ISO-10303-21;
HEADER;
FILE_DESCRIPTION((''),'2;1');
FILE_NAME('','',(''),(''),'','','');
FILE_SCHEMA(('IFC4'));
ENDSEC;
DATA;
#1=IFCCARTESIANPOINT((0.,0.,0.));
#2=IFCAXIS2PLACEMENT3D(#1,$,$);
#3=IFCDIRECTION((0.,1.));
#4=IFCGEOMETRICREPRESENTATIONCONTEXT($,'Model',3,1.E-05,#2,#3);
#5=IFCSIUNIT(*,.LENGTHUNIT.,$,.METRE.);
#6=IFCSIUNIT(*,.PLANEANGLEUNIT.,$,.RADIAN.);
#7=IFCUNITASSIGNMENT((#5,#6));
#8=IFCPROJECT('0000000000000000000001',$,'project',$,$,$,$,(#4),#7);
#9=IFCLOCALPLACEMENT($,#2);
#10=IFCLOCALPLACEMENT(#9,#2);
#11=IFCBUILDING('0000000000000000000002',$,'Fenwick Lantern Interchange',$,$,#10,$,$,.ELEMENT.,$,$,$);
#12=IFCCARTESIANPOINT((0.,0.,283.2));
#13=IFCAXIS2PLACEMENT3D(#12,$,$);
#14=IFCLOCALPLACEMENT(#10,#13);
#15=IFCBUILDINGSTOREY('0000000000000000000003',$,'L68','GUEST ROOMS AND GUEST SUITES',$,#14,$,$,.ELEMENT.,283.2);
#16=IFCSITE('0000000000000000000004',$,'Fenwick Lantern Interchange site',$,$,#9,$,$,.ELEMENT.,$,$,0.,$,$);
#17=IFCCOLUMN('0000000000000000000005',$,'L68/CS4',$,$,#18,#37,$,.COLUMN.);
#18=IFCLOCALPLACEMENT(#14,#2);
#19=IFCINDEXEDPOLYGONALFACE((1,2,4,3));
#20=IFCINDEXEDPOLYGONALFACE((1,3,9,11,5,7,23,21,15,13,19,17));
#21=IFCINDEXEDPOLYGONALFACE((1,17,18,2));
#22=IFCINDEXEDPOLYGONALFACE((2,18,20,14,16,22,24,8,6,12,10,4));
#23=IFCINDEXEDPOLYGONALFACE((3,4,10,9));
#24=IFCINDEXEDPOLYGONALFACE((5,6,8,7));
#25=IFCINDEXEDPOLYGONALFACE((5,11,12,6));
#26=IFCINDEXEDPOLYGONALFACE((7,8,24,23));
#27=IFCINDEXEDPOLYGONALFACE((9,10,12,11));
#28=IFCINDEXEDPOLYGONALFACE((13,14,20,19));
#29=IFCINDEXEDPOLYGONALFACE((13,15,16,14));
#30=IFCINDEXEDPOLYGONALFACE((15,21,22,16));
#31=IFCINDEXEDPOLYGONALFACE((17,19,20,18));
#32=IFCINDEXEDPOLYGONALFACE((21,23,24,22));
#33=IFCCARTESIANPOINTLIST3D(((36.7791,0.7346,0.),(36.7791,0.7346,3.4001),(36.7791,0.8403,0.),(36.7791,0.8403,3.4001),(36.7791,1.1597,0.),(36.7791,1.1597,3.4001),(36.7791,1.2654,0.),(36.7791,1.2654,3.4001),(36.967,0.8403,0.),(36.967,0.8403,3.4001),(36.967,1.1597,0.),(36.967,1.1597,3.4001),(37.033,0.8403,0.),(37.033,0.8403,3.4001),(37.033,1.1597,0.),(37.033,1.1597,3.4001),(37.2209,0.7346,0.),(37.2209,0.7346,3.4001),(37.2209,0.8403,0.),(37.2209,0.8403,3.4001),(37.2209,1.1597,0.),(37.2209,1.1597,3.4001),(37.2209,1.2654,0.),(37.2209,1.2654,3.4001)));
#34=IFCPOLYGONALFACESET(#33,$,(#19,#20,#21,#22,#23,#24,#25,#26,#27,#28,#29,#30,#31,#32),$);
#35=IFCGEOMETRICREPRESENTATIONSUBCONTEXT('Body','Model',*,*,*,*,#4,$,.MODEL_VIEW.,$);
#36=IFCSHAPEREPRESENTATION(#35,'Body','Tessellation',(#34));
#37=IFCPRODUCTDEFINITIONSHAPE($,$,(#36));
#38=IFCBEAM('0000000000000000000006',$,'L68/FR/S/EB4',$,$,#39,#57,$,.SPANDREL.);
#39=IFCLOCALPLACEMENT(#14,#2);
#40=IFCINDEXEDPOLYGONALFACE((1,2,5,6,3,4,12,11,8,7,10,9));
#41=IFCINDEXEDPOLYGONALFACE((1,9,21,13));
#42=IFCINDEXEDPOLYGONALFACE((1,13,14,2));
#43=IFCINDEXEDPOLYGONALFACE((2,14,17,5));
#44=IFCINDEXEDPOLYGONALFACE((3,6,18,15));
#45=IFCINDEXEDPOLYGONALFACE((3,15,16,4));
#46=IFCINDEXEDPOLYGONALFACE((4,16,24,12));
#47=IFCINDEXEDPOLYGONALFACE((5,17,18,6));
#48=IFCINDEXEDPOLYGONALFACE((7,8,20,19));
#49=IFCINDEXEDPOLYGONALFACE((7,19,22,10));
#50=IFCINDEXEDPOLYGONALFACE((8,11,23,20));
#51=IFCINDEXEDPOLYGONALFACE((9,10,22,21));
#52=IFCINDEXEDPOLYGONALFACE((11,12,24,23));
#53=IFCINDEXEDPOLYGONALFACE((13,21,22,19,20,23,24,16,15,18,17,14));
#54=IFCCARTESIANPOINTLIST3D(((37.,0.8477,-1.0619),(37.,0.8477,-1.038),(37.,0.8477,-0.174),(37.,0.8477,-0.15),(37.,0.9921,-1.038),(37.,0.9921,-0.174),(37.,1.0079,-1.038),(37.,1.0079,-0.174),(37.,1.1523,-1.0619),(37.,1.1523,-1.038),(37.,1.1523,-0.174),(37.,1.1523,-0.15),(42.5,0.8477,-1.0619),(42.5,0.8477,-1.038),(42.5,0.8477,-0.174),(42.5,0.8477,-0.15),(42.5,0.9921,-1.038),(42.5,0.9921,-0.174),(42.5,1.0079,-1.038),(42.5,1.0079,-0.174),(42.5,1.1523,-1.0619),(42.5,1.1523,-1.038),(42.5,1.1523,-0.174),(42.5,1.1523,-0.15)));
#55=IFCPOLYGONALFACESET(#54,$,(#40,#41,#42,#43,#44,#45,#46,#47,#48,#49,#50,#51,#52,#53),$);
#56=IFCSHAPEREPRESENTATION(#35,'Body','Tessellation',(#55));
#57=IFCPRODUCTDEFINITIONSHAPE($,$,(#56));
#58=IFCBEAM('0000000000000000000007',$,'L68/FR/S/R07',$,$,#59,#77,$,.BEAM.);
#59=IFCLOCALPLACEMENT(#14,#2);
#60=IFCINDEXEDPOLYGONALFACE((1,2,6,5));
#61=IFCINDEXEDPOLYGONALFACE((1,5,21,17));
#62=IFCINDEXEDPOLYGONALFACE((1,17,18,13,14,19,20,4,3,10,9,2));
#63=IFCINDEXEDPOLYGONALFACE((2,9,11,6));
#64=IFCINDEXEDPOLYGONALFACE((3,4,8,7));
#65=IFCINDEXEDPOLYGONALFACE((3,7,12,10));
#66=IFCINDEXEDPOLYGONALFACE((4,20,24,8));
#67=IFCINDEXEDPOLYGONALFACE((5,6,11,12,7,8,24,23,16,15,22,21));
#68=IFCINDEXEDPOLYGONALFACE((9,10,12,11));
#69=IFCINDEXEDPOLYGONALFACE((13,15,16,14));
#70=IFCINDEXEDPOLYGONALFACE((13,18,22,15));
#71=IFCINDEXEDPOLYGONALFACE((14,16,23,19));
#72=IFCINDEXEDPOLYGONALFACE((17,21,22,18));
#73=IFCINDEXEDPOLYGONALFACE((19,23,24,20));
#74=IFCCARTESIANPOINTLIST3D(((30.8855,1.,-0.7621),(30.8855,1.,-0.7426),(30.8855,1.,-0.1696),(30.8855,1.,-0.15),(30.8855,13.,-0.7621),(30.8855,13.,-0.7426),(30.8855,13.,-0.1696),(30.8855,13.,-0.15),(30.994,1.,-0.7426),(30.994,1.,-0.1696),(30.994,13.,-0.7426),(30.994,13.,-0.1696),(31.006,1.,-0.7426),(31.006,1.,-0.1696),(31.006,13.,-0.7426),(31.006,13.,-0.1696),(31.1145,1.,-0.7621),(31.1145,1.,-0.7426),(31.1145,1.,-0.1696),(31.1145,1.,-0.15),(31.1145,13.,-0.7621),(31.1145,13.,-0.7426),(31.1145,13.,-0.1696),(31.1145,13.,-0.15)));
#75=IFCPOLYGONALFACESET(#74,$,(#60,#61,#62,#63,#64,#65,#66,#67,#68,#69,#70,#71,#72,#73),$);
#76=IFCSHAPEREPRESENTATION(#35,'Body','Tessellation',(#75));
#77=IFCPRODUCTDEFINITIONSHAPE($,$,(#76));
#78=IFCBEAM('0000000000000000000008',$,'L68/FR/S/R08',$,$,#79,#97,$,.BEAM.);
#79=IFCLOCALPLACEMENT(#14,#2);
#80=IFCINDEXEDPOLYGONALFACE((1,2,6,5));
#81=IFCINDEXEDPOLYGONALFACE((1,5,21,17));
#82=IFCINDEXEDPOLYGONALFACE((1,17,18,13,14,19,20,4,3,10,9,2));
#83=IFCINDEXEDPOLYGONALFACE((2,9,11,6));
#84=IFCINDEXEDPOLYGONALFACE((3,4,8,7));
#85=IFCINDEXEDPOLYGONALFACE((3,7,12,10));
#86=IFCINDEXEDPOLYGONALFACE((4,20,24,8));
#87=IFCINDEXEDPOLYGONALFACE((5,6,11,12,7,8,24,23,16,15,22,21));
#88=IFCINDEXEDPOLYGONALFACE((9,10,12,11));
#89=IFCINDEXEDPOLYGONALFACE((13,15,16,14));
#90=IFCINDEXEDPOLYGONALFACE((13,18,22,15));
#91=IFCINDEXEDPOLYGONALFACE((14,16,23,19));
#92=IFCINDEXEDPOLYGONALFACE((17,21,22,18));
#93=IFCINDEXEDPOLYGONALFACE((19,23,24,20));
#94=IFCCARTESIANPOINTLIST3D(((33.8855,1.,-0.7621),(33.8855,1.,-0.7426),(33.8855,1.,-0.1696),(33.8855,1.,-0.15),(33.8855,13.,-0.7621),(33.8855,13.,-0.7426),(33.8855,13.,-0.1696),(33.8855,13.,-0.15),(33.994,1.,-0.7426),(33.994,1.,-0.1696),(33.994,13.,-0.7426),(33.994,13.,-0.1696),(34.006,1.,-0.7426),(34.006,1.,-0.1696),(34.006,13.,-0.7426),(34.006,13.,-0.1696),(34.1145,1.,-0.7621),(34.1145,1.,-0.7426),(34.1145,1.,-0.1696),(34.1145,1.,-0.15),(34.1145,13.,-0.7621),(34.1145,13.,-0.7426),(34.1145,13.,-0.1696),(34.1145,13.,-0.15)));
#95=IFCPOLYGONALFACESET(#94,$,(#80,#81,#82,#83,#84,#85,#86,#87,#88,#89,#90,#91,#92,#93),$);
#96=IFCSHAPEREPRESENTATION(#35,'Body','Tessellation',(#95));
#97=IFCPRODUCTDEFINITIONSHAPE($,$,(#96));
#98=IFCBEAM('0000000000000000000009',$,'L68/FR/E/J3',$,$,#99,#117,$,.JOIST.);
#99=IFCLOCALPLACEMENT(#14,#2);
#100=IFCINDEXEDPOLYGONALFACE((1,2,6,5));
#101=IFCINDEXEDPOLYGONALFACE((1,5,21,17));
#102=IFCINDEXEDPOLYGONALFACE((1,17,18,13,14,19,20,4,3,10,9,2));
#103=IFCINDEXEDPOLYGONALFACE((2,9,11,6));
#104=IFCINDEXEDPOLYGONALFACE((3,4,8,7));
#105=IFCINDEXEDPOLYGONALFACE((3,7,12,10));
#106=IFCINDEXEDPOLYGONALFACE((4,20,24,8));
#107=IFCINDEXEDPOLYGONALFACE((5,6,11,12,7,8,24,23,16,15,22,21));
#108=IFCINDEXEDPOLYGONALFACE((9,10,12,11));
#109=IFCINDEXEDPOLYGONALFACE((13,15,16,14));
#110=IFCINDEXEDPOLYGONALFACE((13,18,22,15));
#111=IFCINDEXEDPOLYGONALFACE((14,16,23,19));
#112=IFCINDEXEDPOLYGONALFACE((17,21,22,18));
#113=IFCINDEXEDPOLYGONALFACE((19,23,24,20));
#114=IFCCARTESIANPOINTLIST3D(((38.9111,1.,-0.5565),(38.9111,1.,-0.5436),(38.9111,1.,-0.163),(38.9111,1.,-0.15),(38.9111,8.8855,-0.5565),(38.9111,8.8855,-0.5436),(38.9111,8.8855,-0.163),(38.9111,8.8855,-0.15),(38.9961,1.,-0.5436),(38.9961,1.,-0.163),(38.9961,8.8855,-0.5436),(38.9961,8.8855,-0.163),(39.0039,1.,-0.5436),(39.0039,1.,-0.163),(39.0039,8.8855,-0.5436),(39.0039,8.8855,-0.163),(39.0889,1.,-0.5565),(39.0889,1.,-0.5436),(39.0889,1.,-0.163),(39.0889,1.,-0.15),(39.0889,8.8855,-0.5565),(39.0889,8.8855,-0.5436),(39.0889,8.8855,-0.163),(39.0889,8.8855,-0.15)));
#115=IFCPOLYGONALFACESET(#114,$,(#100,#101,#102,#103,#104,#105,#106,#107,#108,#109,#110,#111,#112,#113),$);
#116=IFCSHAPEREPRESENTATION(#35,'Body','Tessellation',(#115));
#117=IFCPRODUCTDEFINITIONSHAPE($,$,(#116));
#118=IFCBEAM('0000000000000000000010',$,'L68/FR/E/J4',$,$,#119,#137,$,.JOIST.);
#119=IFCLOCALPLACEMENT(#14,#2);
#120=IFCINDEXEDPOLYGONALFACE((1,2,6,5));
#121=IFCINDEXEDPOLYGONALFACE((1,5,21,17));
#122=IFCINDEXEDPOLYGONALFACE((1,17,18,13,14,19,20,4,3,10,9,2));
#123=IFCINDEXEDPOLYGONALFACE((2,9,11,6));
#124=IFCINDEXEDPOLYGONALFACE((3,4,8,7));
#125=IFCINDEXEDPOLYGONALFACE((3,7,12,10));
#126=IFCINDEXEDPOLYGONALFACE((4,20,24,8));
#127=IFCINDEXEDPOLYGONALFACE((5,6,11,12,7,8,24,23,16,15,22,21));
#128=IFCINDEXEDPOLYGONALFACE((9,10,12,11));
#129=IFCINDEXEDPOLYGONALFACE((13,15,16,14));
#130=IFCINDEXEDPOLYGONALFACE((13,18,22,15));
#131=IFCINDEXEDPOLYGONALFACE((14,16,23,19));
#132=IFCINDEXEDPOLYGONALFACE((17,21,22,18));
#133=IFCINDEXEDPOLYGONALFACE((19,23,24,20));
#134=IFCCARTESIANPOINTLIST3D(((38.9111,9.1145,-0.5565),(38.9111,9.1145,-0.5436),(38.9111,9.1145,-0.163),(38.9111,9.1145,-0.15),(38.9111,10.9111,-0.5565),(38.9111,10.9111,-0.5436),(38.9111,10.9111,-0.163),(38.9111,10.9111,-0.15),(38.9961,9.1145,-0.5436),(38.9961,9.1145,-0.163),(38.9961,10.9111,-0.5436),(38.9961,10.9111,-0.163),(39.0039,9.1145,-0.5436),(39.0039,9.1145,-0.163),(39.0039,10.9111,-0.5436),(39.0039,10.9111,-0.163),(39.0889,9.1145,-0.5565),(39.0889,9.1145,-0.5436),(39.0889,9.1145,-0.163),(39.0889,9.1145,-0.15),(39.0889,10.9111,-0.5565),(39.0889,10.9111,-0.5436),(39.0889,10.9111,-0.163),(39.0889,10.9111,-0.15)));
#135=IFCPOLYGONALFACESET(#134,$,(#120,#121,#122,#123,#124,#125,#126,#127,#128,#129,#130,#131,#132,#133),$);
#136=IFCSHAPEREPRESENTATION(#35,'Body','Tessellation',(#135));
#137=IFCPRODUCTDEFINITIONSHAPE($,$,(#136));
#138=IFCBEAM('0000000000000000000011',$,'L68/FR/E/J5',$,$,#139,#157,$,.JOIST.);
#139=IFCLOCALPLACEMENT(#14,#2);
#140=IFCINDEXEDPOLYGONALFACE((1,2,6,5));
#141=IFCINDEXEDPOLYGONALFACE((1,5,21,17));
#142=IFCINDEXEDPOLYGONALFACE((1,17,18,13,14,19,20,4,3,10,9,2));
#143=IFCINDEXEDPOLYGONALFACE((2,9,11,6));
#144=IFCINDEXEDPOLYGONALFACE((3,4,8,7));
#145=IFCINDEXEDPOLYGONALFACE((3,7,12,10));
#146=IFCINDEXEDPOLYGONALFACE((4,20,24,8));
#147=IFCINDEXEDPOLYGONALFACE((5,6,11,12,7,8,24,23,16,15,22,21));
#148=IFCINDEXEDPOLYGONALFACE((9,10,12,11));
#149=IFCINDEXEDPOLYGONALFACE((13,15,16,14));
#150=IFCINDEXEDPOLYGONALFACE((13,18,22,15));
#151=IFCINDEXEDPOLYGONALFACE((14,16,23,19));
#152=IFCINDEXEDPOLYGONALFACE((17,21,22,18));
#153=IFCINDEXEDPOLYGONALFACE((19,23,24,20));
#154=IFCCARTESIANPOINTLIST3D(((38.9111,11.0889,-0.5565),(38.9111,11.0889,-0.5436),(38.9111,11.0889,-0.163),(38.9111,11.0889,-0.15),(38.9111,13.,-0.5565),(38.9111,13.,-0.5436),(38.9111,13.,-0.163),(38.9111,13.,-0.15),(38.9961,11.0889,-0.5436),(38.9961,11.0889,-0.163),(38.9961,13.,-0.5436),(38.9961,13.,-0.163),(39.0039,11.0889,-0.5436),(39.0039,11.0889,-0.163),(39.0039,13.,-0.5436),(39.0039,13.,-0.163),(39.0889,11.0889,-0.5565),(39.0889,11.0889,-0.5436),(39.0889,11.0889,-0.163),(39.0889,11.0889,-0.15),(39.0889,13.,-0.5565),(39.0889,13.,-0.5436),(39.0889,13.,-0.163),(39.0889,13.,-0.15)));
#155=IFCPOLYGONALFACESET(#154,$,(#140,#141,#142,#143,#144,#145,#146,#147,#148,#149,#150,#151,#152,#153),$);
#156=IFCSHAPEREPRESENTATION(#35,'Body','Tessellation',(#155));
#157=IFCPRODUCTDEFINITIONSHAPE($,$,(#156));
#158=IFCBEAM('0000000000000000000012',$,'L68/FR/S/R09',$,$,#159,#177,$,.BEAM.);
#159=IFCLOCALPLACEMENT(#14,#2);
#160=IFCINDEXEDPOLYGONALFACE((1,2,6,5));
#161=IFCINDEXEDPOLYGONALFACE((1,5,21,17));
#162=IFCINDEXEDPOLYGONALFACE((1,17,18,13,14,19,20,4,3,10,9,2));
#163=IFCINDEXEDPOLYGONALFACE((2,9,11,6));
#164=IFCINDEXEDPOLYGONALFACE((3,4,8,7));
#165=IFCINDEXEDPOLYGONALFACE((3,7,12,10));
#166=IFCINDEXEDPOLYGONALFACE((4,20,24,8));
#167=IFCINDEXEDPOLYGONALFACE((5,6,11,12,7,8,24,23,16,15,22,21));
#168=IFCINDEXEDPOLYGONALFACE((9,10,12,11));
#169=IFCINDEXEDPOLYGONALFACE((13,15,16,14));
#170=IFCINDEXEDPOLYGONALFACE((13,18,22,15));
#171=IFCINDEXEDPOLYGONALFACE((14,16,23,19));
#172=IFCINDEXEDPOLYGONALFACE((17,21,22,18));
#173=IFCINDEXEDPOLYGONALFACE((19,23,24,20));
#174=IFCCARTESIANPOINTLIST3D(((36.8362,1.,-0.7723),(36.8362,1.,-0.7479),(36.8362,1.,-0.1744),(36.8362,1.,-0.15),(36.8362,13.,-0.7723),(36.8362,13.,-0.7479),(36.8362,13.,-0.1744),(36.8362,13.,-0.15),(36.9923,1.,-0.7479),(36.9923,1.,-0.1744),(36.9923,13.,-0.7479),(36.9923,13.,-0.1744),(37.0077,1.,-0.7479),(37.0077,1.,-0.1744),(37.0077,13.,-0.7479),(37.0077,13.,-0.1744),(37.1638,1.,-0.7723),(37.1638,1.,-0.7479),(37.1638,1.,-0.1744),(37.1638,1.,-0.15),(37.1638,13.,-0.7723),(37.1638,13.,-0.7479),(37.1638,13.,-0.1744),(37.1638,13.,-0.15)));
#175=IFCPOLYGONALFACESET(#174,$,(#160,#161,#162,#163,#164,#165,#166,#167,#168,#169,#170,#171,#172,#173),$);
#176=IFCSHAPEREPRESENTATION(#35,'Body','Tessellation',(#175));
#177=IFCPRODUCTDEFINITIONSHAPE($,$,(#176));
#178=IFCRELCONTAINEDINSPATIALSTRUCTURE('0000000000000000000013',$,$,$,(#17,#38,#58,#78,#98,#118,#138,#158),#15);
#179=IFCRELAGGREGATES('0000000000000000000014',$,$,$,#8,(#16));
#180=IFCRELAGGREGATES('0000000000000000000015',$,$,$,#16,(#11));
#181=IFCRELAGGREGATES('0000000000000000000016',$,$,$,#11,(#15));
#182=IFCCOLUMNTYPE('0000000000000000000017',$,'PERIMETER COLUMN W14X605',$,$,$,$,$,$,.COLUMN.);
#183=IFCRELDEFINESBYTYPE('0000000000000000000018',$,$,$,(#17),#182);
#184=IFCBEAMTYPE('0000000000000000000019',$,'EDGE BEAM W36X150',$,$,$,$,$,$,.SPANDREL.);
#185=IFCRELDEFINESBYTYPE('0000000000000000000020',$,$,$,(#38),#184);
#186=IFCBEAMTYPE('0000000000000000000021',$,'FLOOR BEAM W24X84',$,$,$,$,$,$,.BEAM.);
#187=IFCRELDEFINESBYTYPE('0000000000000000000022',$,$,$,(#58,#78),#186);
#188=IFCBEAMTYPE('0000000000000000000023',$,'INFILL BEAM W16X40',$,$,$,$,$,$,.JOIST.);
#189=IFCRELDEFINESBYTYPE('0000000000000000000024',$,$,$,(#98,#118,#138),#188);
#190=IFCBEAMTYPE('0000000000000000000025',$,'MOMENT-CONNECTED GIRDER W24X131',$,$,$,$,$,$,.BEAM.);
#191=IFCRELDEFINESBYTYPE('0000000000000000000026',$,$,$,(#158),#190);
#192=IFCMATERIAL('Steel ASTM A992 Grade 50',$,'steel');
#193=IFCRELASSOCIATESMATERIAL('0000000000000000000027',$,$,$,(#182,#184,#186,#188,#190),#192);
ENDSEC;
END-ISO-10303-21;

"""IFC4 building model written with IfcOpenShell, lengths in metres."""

from ifc_helpers import new_model, si_unit, direction, frame, origin, origin_2d, place, context, subcontext, project, spatial, i_section, extrude, material, material_profile, profile_set, type_object, element, save


model = new_model("IFC4")

# Units and contexts
model_context = context("Model", 3, precision=1e-05, world=origin(), true_north=direction((0.0, 1.0)))
body_context = subcontext(model_context, "Body", "Model", "MODEL_VIEW")
ifc_project = project(units=[si_unit("LENGTHUNIT", "METRE"), si_unit("PLANEANGLEUNIT", "RADIAN")], contexts=[model_context])

# Site, building, storey
site_placement = place(None, origin())
site = spatial("IfcSite", under=ifc_project, at=site_placement, Name="Fenwick Lantern Interchange site", CompositionType="ELEMENT", RefElevation=0.0)
building_placement = place(site_placement, origin())
building = spatial("IfcBuilding", under=site, at=building_placement, Name="Fenwick Lantern Interchange", CompositionType="ELEMENT")
storey_placement = place(building_placement, frame((0.0, 0.0, 283.2)))
storey = spatial("IfcBuildingStorey", under=building, at=storey_placement, Name="L68", Description="GUEST ROOMS AND GUEST SUITES", CompositionType="ELEMENT", Elevation=283.2)

# Column
ifc_material_1 = material(Name="Steel ASTM A992 Grade 50", Category="steel")
ifc_material_profile_1 = material_profile(ifc_material_1, i_section(OverallWidth=0.4419, OverallDepth=0.5308, WebThickness=0.0659, FlangeThickness=0.1057, at=origin_2d()), Name="W14X605")
ifc_profile_set_1 = profile_set([ifc_material_profile_1], Name="Steel ASTM A992 Grade 50")
column_type = type_object("IfcColumnType", Name="PERIMETER COLUMN W14X605", PredefinedType="COLUMN", material=ifc_profile_set_1)
column_placement = place(storey_placement, frame((37.0, 1.0, 0.0), z_axis=(0.0, 0.0, 1.0), x_axis=(1.0, 0.0, 0.0)))
element("IfcColumn", 1, at=column_placement, inside=storey, type_object=column_type, Name="L68/CS4", PredefinedType="COLUMN", context=body_context, shape_type="SweptSolid", body=[
    extrude(i_section(OverallWidth=0.4419, OverallDepth=0.5308, WebThickness=0.0659, FlangeThickness=0.1057, at=origin_2d()), origin(), (0.0, 0.0, 1.0), 3.4001),
])

# Beams
ifc_material_profile_2 = material_profile(ifc_material_1, i_section(OverallWidth=0.3047, OverallDepth=0.9119, WebThickness=0.0159, FlangeThickness=0.0239, at=origin_2d()), Name="W36X150")
ifc_profile_set_2 = profile_set([ifc_material_profile_2], Name="Steel ASTM A992 Grade 50")
beam_type_1 = type_object("IfcBeamType", Name="EDGE BEAM W36X150", PredefinedType="SPANDREL", material=ifc_profile_set_2)
beam_1_placement = place(storey_placement, frame((37.0, 1.0, -0.606), z_axis=(1.0, 0.0, 0.0), x_axis=(0.0, 1.0, 0.0)))
element("IfcBeam", 2, at=beam_1_placement, inside=storey, type_object=beam_type_1, Name="L68/FR/S/EB4", PredefinedType="SPANDREL", context=body_context, shape_type="SweptSolid", body=[
    extrude(i_section(OverallWidth=0.3047, OverallDepth=0.9119, WebThickness=0.0159, FlangeThickness=0.0239, at=origin_2d()), origin(), (0.0, 0.0, 1.0), 5.5),
])
ifc_material_profile_3 = material_profile(ifc_material_1, i_section(OverallWidth=0.229, OverallDepth=0.6121, WebThickness=0.012, FlangeThickness=0.0195, at=origin_2d()), Name="W24X84")
ifc_profile_set_3 = profile_set([ifc_material_profile_3], Name="Steel ASTM A992 Grade 50")
beam_type_2 = type_object("IfcBeamType", Name="FLOOR BEAM W24X84", PredefinedType="BEAM", material=ifc_profile_set_3)
for number, where, z_axis, x_axis, name in (
    (3, (31.0, 1.0, -0.4561), (0.0, 1.0, 0.0), (-1.0, 0.0, 0.0), "L68/FR/S/R07"),
    (4, (34.0, 1.0, -0.4561), (0.0, 1.0, 0.0), (-1.0, 0.0, 0.0), "L68/FR/S/R08"),
):
    element("IfcBeam", number, at=place(storey_placement, frame(where, z_axis=z_axis, x_axis=x_axis)), inside=storey, type_object=beam_type_2, Name=name, PredefinedType="BEAM", context=body_context, shape_type="SweptSolid", body=[
        extrude(i_section(OverallWidth=0.229, OverallDepth=0.6121, WebThickness=0.012, FlangeThickness=0.0195, at=origin_2d()), origin(), (0.0, 0.0, 1.0), 12.0),
    ])
ifc_material_profile_4 = material_profile(ifc_material_1, i_section(OverallWidth=0.1777, OverallDepth=0.4065, WebThickness=0.0078, FlangeThickness=0.0129, at=origin_2d()), Name="W16X40")
ifc_profile_set_4 = profile_set([ifc_material_profile_4], Name="Steel ASTM A992 Grade 50")
beam_type_3 = type_object("IfcBeamType", Name="INFILL BEAM W16X40", PredefinedType="JOIST", material=ifc_profile_set_4)
beam_2_placement = place(storey_placement, frame((39.0, 1.0, -0.3533), z_axis=(0.0, 1.0, 0.0), x_axis=(-1.0, 0.0, 0.0)))
element("IfcBeam", 5, at=beam_2_placement, inside=storey, type_object=beam_type_3, Name="L68/FR/E/J3", PredefinedType="JOIST", context=body_context, shape_type="SweptSolid", body=[
    extrude(i_section(OverallWidth=0.1777, OverallDepth=0.4065, WebThickness=0.0078, FlangeThickness=0.0129, at=origin_2d()), origin(), (0.0, 0.0, 1.0), 7.8855),
])
beam_3_placement = place(storey_placement, frame((39.0, 9.1145, -0.3533), z_axis=(0.0, 1.0, 0.0), x_axis=(-1.0, 0.0, 0.0)))
element("IfcBeam", 6, at=beam_3_placement, inside=storey, type_object=beam_type_3, Name="L68/FR/E/J4", PredefinedType="JOIST", context=body_context, shape_type="SweptSolid", body=[
    extrude(i_section(OverallWidth=0.1777, OverallDepth=0.4065, WebThickness=0.0078, FlangeThickness=0.0129, at=origin_2d()), origin(), (0.0, 0.0, 1.0), 1.7966),
])
beam_4_placement = place(storey_placement, frame((39.0, 11.0889, -0.3533), z_axis=(0.0, 1.0, 0.0), x_axis=(-1.0, 0.0, 0.0)))
element("IfcBeam", 7, at=beam_4_placement, inside=storey, type_object=beam_type_3, Name="L68/FR/E/J5", PredefinedType="JOIST", context=body_context, shape_type="SweptSolid", body=[
    extrude(i_section(OverallWidth=0.1777, OverallDepth=0.4065, WebThickness=0.0078, FlangeThickness=0.0129, at=origin_2d()), origin(), (0.0, 0.0, 1.0), 1.9111),
])
ifc_material_profile_5 = material_profile(ifc_material_1, i_section(OverallWidth=0.3276, OverallDepth=0.6223, WebThickness=0.0154, FlangeThickness=0.0244, at=origin_2d()), Name="W24X131")
ifc_profile_set_5 = profile_set([ifc_material_profile_5], Name="Steel ASTM A992 Grade 50")
beam_type_4 = type_object("IfcBeamType", Name="MOMENT-CONNECTED GIRDER W24X131", PredefinedType="BEAM", material=ifc_profile_set_5)
beam_5_placement = place(storey_placement, frame((37.0, 1.0, -0.4612), z_axis=(0.0, 1.0, 0.0), x_axis=(-1.0, 0.0, 0.0)))
element("IfcBeam", 8, at=beam_5_placement, inside=storey, type_object=beam_type_4, Name="L68/FR/S/R09", PredefinedType="BEAM", context=body_context, shape_type="SweptSolid", body=[
    extrude(i_section(OverallWidth=0.3276, OverallDepth=0.6223, WebThickness=0.0154, FlangeThickness=0.0244, at=origin_2d()), origin(), (0.0, 0.0, 1.0), 12.0),
])

save(model, "model.ifc")
